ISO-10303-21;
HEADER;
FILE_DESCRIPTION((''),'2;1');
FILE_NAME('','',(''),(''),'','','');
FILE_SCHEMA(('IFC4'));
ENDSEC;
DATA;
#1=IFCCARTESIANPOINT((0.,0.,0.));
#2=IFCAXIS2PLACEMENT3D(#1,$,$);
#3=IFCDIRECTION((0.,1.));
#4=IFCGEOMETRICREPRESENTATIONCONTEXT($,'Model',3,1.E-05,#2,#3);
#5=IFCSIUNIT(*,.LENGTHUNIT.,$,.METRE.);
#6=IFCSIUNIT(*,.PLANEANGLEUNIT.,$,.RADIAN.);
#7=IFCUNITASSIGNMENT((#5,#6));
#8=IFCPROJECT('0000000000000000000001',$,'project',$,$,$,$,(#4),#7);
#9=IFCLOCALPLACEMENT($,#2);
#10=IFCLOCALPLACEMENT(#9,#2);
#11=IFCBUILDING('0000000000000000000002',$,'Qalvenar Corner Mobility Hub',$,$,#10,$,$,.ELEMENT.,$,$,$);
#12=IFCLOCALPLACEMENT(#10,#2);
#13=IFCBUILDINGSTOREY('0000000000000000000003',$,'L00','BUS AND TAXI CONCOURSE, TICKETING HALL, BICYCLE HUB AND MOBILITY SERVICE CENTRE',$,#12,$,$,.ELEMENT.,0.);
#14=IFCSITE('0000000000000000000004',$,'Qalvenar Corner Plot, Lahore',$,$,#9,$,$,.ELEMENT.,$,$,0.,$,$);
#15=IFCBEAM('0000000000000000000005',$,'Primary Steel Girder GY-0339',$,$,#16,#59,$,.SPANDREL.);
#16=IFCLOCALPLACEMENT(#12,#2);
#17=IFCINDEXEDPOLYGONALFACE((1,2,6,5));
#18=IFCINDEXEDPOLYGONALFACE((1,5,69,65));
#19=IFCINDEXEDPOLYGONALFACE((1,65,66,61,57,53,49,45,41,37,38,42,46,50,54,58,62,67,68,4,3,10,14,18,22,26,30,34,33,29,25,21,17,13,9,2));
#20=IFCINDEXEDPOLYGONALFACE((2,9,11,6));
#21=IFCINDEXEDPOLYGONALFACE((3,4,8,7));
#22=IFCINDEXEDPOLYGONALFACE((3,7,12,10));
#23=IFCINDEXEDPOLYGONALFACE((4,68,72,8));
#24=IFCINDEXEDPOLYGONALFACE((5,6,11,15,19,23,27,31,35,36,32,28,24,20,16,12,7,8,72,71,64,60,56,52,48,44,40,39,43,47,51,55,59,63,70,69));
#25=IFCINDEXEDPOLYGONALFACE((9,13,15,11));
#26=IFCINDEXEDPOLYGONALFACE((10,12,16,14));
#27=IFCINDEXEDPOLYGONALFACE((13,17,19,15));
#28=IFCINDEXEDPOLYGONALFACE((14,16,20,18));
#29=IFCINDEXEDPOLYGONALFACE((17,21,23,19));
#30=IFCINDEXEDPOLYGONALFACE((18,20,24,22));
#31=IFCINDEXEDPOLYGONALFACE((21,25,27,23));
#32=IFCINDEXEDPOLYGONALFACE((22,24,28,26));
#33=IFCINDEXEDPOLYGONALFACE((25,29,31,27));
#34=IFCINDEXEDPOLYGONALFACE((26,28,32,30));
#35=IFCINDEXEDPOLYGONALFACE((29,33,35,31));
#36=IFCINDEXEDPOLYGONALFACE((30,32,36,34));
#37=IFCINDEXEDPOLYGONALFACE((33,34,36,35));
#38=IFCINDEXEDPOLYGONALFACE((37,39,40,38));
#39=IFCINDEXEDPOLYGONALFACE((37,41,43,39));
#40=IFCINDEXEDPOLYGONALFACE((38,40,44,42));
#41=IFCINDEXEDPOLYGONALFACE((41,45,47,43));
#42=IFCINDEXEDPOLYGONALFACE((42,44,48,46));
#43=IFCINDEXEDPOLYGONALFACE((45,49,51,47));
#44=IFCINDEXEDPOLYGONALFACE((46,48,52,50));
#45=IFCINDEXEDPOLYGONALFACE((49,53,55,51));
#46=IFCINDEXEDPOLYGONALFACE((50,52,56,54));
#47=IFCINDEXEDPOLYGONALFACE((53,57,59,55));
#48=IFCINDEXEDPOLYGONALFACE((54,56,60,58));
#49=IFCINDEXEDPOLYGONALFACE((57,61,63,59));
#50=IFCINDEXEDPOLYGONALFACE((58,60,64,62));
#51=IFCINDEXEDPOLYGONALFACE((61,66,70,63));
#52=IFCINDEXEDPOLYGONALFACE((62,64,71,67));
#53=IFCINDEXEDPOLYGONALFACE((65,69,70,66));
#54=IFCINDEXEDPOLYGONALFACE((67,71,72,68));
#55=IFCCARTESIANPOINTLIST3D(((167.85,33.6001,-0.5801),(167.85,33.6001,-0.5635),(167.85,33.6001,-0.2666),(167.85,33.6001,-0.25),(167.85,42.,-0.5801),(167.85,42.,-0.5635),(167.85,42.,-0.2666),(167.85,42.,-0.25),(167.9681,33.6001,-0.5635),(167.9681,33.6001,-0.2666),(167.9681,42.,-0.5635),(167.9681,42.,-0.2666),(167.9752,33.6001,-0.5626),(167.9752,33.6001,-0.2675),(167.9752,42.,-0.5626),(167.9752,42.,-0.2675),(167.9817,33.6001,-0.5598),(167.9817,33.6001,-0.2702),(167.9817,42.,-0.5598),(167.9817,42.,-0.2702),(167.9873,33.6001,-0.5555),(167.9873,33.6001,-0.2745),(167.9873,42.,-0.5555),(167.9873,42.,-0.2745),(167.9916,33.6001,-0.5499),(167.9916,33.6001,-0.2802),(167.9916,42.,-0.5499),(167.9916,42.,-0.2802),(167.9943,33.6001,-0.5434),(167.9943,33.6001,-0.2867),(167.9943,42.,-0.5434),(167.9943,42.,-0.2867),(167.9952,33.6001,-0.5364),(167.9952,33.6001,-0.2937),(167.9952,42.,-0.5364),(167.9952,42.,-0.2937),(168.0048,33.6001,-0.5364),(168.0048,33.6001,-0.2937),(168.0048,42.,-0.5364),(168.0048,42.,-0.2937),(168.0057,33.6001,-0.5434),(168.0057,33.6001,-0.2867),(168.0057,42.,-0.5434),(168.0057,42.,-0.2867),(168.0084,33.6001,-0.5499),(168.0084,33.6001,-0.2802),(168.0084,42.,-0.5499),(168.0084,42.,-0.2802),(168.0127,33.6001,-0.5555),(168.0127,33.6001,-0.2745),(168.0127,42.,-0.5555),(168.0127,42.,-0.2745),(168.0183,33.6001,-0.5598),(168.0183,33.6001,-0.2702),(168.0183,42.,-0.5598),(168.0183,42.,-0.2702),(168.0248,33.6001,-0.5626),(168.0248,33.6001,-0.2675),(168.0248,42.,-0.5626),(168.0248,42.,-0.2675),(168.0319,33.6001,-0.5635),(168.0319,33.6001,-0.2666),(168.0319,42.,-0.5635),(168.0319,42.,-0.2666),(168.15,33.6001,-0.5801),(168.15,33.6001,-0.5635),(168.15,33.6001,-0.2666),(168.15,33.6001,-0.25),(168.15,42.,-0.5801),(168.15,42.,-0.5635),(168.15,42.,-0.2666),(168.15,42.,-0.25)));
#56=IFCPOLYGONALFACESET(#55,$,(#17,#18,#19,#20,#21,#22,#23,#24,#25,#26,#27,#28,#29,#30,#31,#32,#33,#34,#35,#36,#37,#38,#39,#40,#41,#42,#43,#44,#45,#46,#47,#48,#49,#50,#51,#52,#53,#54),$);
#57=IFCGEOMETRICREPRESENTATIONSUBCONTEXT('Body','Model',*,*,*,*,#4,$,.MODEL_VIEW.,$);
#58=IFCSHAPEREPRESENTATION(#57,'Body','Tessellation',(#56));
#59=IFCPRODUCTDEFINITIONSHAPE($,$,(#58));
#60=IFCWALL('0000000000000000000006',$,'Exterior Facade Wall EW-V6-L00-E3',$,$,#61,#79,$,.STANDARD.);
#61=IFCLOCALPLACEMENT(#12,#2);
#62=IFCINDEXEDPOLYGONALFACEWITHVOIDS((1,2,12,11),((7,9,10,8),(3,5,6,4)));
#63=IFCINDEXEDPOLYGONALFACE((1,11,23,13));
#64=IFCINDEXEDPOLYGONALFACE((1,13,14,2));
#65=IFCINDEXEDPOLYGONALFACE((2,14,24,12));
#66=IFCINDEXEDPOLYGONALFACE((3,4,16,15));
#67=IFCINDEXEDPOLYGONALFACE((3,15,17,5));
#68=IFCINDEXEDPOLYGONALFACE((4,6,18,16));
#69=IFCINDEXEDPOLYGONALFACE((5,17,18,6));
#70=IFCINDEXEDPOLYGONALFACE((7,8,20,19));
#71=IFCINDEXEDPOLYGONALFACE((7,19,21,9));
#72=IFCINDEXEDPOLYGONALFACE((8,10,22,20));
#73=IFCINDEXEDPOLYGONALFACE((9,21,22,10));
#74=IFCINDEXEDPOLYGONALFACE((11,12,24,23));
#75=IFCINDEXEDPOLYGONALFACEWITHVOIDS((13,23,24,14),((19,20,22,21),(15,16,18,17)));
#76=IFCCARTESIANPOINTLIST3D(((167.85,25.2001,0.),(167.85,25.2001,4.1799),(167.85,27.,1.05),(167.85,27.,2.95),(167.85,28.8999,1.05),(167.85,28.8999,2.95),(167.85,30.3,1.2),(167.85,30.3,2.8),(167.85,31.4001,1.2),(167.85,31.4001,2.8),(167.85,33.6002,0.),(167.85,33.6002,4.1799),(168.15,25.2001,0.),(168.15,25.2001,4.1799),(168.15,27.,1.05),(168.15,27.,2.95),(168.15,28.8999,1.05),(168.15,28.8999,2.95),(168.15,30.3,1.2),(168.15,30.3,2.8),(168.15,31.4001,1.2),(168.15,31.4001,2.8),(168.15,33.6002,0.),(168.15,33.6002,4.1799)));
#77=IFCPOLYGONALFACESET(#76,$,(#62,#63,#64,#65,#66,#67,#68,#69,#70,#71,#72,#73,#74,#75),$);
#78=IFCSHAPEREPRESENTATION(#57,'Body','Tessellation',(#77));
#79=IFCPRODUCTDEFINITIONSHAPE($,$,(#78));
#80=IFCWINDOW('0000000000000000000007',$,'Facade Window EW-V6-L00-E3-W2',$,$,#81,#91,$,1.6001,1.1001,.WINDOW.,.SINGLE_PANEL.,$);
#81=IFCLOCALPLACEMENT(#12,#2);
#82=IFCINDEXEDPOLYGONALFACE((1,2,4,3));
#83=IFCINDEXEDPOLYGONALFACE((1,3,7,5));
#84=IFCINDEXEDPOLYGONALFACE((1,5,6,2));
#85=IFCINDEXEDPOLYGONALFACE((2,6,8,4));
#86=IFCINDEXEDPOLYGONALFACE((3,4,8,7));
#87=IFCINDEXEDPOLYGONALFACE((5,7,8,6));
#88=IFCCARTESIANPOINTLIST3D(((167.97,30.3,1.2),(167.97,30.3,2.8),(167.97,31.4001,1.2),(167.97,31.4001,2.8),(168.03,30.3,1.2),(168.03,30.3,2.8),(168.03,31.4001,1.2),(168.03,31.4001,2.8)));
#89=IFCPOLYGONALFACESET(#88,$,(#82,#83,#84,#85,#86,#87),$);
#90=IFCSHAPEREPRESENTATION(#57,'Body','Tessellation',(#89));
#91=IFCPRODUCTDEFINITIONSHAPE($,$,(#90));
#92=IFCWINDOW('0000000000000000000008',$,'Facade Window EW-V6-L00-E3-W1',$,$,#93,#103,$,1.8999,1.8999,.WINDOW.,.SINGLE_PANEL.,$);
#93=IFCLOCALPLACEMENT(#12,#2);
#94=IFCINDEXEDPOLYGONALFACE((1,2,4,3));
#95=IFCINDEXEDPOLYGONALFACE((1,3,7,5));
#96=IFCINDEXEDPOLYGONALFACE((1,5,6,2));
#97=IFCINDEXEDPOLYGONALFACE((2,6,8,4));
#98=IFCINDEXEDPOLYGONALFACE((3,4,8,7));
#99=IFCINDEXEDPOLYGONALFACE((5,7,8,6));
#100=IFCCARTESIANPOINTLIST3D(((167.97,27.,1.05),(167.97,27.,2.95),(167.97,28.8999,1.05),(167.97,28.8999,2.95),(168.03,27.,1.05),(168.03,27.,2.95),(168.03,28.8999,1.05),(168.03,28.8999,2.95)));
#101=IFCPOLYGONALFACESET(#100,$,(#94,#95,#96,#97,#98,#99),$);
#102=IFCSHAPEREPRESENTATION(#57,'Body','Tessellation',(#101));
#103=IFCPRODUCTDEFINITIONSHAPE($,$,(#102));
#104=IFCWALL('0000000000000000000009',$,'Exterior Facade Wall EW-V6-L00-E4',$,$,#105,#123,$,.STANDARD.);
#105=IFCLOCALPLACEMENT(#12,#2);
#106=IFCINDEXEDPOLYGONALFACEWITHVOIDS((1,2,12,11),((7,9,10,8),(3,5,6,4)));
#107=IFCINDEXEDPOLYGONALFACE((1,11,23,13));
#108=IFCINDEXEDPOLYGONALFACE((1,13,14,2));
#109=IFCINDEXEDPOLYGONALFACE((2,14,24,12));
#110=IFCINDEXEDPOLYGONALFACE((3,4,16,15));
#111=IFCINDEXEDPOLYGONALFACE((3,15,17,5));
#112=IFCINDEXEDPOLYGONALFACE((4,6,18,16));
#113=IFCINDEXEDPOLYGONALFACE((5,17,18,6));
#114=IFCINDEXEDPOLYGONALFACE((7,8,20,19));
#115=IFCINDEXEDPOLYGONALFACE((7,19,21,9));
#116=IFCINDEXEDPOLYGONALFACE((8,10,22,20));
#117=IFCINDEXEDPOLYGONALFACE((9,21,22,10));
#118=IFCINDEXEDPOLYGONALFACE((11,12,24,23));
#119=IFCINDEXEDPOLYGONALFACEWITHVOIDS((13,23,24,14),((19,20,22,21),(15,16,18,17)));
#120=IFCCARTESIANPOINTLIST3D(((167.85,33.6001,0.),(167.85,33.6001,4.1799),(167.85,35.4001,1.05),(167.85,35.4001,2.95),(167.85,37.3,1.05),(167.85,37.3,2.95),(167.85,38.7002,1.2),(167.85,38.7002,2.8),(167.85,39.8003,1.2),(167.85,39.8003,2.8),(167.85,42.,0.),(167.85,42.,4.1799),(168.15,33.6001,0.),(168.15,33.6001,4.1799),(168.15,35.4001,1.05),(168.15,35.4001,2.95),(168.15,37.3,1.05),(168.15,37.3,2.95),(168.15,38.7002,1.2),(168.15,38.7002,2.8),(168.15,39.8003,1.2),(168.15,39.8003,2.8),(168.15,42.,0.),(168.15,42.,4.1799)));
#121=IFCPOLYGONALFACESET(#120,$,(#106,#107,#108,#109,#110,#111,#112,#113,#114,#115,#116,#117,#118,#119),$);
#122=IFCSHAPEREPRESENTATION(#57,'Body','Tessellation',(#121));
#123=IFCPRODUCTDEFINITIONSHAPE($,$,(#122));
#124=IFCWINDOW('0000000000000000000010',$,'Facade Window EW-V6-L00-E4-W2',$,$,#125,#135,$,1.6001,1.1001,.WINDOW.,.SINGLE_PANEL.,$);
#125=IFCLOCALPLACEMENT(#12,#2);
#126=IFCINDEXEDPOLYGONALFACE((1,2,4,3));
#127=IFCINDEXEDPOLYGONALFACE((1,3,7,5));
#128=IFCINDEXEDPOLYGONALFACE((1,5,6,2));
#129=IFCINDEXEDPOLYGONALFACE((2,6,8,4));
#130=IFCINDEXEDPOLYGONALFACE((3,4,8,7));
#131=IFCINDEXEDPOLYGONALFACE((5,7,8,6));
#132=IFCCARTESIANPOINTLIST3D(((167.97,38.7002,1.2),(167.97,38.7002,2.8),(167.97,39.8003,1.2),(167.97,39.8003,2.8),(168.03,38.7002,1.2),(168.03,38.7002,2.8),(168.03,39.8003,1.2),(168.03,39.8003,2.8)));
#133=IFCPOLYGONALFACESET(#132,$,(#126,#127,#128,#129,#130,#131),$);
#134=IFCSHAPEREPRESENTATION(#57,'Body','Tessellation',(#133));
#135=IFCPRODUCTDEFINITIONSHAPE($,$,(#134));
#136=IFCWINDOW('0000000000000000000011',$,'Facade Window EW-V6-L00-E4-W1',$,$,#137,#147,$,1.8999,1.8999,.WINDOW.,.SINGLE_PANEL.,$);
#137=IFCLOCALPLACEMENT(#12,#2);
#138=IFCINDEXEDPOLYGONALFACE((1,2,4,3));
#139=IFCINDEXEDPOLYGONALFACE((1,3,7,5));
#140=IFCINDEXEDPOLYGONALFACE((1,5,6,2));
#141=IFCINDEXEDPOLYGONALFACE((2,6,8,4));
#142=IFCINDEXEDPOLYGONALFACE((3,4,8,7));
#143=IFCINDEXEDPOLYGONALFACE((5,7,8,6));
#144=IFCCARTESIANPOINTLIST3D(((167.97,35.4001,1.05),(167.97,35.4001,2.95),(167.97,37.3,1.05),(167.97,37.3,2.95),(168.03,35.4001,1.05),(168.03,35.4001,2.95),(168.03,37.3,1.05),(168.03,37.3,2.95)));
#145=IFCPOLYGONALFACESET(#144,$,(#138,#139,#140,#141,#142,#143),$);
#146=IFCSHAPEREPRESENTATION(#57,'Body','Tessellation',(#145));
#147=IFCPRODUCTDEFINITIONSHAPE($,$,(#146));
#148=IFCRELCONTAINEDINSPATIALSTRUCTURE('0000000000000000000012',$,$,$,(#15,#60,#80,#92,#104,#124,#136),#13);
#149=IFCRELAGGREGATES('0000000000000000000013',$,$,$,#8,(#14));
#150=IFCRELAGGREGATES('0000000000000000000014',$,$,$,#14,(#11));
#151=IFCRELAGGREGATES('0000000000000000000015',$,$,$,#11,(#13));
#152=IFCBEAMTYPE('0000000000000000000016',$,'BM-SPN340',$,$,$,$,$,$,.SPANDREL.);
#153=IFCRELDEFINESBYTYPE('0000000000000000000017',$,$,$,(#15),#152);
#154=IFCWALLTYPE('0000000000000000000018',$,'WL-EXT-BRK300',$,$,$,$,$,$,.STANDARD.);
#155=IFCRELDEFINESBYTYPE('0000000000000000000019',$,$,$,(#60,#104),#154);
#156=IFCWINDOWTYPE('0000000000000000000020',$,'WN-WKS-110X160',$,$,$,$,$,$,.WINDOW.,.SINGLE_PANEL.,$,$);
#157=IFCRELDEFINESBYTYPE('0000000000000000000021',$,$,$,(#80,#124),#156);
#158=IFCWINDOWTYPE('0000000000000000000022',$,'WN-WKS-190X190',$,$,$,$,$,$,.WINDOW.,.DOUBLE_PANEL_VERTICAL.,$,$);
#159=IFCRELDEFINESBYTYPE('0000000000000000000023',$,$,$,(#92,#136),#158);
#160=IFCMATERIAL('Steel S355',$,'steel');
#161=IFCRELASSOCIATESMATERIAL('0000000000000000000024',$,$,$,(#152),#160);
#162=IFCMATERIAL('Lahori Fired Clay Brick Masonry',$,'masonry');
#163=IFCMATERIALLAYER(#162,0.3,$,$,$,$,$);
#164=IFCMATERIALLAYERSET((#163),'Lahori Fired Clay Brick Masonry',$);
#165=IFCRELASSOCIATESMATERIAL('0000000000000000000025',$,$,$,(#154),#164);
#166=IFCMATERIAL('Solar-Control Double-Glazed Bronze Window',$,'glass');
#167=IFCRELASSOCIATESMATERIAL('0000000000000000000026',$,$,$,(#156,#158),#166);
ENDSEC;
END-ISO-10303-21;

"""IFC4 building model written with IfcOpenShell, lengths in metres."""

from ifc_helpers import new_model, si_unit, direction, frame, frame_2d, origin, origin_2d, place, context, subcontext, project, spatial, rectangle, i_section, extrude, material, layer, layer_set, material_profile, profile_set, type_object, element, fill, save


model = new_model("IFC4")

# Units and contexts
model_context = context("Model", 3, precision=1e-05, world=origin(), true_north=direction((0.0, 1.0)))
body_context = subcontext(model_context, "Body", "Model", "MODEL_VIEW")
ifc_project = project(units=[si_unit("LENGTHUNIT", "METRE"), si_unit("PLANEANGLEUNIT", "RADIAN")], contexts=[model_context])

# Site, building, storey
site_placement = place(None, origin())
site = spatial("IfcSite", under=ifc_project, at=site_placement, Name="Qalvenar Corner Plot, Lahore", CompositionType="ELEMENT", RefElevation=0.0)
building_placement = place(site_placement, origin())
building = spatial("IfcBuilding", under=site, at=building_placement, Name="Qalvenar Corner Mobility Hub", CompositionType="ELEMENT")
storey_placement = place(building_placement, origin())
storey = spatial("IfcBuildingStorey", under=building, at=storey_placement, Name="L00", Description="BUS AND TAXI CONCOURSE, TICKETING HALL, BICYCLE HUB AND MOBILITY SERVICE CENTRE", CompositionType="ELEMENT", Elevation=0.0)

# Shared definitions
ifc_material_1 = material(Name="Steel S355", Category="steel")

# Beam
ifc_material_profile_1 = material_profile(ifc_material_1, i_section(OverallWidth=0.3, OverallDepth=0.3301, WebThickness=0.0095, FlangeThickness=0.0166, FilletRadius=0.0271, at=origin_2d()), Name="HEA340")
ifc_profile_set_1 = profile_set([ifc_material_profile_1], Name="Steel S355")
beam_type_1 = type_object("IfcBeamType", Name="BM-SPN340", PredefinedType="SPANDREL", material=ifc_profile_set_1)
beam_1_placement = place(storey_placement, frame((168.0, 33.6001, -0.415), z_axis=(0.0, 1.0, 0.0), x_axis=(-1.0, 0.0, 0.0)))
element("IfcBeam", 1, at=beam_1_placement, inside=storey, type_object=beam_type_1, Name="Primary Steel Girder GY-0339", PredefinedType="SPANDREL", context=body_context, shape_type="SweptSolid", body=[
    extrude(i_section(OverallWidth=0.3, OverallDepth=0.3301, WebThickness=0.0095, FlangeThickness=0.0166, FilletRadius=0.0271, at=origin_2d()), origin(), (0.0, 0.0, 1.0), 8.3999),
])

# Walls, openings, windows
ifc_material_2 = material(Name="Lahori Fired Clay Brick Masonry", Category="masonry")
ifc_layer = layer(ifc_material_2, 0.3)
ifc_layer_set = layer_set([ifc_layer], Name="Lahori Fired Clay Brick Masonry")
wall_type = type_object("IfcWallType", Name="WL-EXT-BRK300", PredefinedType="STANDARD", material=ifc_layer_set)
wall_1_placement = place(storey_placement, frame((168.0, 25.2, 0.0), z_axis=(0.0, 0.0, 1.0), x_axis=(0.0, 1.0, 0.0)))
wall_1 = element("IfcWall", 2, at=wall_1_placement, inside=storey, type_object=wall_type, Name="Exterior Facade Wall EW-V6-L00-E3", PredefinedType="STANDARD", context=body_context, shape_type="SweptSolid", body=[
    extrude(rectangle(XDim=8.4001, YDim=0.3, at=frame_2d((4.2002, 0.0))), origin(), (0.0, 0.0, 1.0), 4.1799),
])
opening_1_placement = place(wall_1_placement, frame((1.8, 0.0, 1.05)))
opening_1 = element("IfcOpeningElement", 3, at=opening_1_placement, cuts=wall_1, PredefinedType="OPENING", context=body_context, shape_type="SweptSolid", body=[
    extrude(rectangle(XDim=1.8999, YDim=1.8999, at=frame_2d((0.95, 0.95))), frame((0.0, 0.1602, 0.0), z_axis=(0.0, -1.0, 0.0), x_axis=(1.0, 0.0, 0.0)), (0.0, 0.0, 1.0), 0.3201),
])
opening_2_placement = place(wall_1_placement, frame((5.1001, 0.0, 1.2)))
opening_2 = element("IfcOpeningElement", 4, at=opening_2_placement, cuts=wall_1, PredefinedType="OPENING", context=body_context, shape_type="SweptSolid", body=[
    extrude(rectangle(XDim=1.1001, YDim=1.6001, at=frame_2d((0.55, 0.8))), frame((0.0, 0.1602, 0.0), z_axis=(0.0, -1.0, 0.0), x_axis=(1.0, 0.0, 0.0)), (0.0, 0.0, 1.0), 0.3201),
])
ifc_material_3 = material(Name="Solar-Control Double-Glazed Bronze Window", Category="glass")
window_type_1 = type_object("IfcWindowType", Name="WN-WKS-110X160", PartitioningType="SINGLE_PANEL", PredefinedType="WINDOW", material=ifc_material_3)
window_1_placement = place(opening_2_placement, origin())
window_1 = element("IfcWindow", 5, at=window_1_placement, inside=storey, type_object=window_type_1, Name="Facade Window EW-V6-L00-E3-W2", OverallHeight=1.6001, OverallWidth=1.1001, PartitioningType="SINGLE_PANEL", PredefinedType="WINDOW", context=body_context, shape_type="SweptSolid", body=[
    extrude(rectangle(XDim=1.1001, YDim=1.6001, at=frame_2d((0.55, 0.8))), frame((0.0, 0.03, 0.0), z_axis=(0.0, -1.0, 0.0), x_axis=(1.0, 0.0, 0.0)), (0.0, 0.0, 1.0), 0.0601),
])
fill(opening_2, window_1)
window_type_2 = type_object("IfcWindowType", Name="WN-WKS-190X190", PartitioningType="DOUBLE_PANEL_VERTICAL", PredefinedType="WINDOW", material=ifc_material_3)
window_2_placement = place(opening_1_placement, origin())
window_2 = element("IfcWindow", 6, at=window_2_placement, inside=storey, type_object=window_type_2, Name="Facade Window EW-V6-L00-E3-W1", OverallHeight=1.8999, OverallWidth=1.8999, PartitioningType="SINGLE_PANEL", PredefinedType="WINDOW", context=body_context, shape_type="SweptSolid", body=[
    extrude(rectangle(XDim=1.8999, YDim=1.8999, at=frame_2d((0.95, 0.95))), frame((0.0, 0.03, 0.0), z_axis=(0.0, -1.0, 0.0), x_axis=(1.0, 0.0, 0.0)), (0.0, 0.0, 1.0), 0.0601),
])
fill(opening_1, window_2)
wall_2_placement = place(storey_placement, frame((168.0, 33.6001, 0.0), z_axis=(0.0, 0.0, 1.0), x_axis=(0.0, 1.0, 0.0)))
wall_2 = element("IfcWall", 7, at=wall_2_placement, inside=storey, type_object=wall_type, Name="Exterior Facade Wall EW-V6-L00-E4", PredefinedType="STANDARD", context=body_context, shape_type="SweptSolid", body=[
    extrude(rectangle(XDim=8.3999, YDim=0.3, at=frame_2d((4.2, 0.0))), origin(), (0.0, 0.0, 1.0), 4.1799),
])
opening_3_placement = place(wall_2_placement, frame((1.8, 0.0, 1.05)))
opening_3 = element("IfcOpeningElement", 8, at=opening_3_placement, cuts=wall_2, PredefinedType="OPENING", context=body_context, shape_type="SweptSolid", body=[
    extrude(rectangle(XDim=1.8999, YDim=1.8999, at=frame_2d((0.95, 0.95))), frame((0.0, 0.1602, 0.0), z_axis=(0.0, -1.0, 0.0), x_axis=(1.0, 0.0, 0.0)), (0.0, 0.0, 1.0), 0.3201),
])
opening_4_placement = place(wall_2_placement, frame((5.1001, 0.0, 1.2)))
opening_4 = element("IfcOpeningElement", 9, at=opening_4_placement, cuts=wall_2, PredefinedType="OPENING", context=body_context, shape_type="SweptSolid", body=[
    extrude(rectangle(XDim=1.1001, YDim=1.6001, at=frame_2d((0.55, 0.8))), frame((0.0, 0.1602, 0.0), z_axis=(0.0, -1.0, 0.0), x_axis=(1.0, 0.0, 0.0)), (0.0, 0.0, 1.0), 0.3201),
])
window_3_placement = place(opening_4_placement, origin())
window_3 = element("IfcWindow", 10, at=window_3_placement, inside=storey, type_object=window_type_1, Name="Facade Window EW-V6-L00-E4-W2", OverallHeight=1.6001, OverallWidth=1.1001, PartitioningType="SINGLE_PANEL", PredefinedType="WINDOW", context=body_context, shape_type="SweptSolid", body=[
    extrude(rectangle(XDim=1.1001, YDim=1.6001, at=frame_2d((0.55, 0.8))), frame((0.0, 0.03, 0.0), z_axis=(0.0, -1.0, 0.0), x_axis=(1.0, 0.0, 0.0)), (0.0, 0.0, 1.0), 0.0601),
])
fill(opening_4, window_3)
window_4_placement = place(opening_3_placement, origin())
window_4 = element("IfcWindow", 11, at=window_4_placement, inside=storey, type_object=window_type_2, Name="Facade Window EW-V6-L00-E4-W1", OverallHeight=1.8999, OverallWidth=1.8999, PartitioningType="SINGLE_PANEL", PredefinedType="WINDOW", context=body_context, shape_type="SweptSolid", body=[
    extrude(rectangle(XDim=1.8999, YDim=1.8999, at=frame_2d((0.95, 0.95))), frame((0.0, 0.03, 0.0), z_axis=(0.0, -1.0, 0.0), x_axis=(1.0, 0.0, 0.0)), (0.0, 0.0, 1.0), 0.0601),
])
fill(opening_3, window_4)

save(model, "model.ifc")
